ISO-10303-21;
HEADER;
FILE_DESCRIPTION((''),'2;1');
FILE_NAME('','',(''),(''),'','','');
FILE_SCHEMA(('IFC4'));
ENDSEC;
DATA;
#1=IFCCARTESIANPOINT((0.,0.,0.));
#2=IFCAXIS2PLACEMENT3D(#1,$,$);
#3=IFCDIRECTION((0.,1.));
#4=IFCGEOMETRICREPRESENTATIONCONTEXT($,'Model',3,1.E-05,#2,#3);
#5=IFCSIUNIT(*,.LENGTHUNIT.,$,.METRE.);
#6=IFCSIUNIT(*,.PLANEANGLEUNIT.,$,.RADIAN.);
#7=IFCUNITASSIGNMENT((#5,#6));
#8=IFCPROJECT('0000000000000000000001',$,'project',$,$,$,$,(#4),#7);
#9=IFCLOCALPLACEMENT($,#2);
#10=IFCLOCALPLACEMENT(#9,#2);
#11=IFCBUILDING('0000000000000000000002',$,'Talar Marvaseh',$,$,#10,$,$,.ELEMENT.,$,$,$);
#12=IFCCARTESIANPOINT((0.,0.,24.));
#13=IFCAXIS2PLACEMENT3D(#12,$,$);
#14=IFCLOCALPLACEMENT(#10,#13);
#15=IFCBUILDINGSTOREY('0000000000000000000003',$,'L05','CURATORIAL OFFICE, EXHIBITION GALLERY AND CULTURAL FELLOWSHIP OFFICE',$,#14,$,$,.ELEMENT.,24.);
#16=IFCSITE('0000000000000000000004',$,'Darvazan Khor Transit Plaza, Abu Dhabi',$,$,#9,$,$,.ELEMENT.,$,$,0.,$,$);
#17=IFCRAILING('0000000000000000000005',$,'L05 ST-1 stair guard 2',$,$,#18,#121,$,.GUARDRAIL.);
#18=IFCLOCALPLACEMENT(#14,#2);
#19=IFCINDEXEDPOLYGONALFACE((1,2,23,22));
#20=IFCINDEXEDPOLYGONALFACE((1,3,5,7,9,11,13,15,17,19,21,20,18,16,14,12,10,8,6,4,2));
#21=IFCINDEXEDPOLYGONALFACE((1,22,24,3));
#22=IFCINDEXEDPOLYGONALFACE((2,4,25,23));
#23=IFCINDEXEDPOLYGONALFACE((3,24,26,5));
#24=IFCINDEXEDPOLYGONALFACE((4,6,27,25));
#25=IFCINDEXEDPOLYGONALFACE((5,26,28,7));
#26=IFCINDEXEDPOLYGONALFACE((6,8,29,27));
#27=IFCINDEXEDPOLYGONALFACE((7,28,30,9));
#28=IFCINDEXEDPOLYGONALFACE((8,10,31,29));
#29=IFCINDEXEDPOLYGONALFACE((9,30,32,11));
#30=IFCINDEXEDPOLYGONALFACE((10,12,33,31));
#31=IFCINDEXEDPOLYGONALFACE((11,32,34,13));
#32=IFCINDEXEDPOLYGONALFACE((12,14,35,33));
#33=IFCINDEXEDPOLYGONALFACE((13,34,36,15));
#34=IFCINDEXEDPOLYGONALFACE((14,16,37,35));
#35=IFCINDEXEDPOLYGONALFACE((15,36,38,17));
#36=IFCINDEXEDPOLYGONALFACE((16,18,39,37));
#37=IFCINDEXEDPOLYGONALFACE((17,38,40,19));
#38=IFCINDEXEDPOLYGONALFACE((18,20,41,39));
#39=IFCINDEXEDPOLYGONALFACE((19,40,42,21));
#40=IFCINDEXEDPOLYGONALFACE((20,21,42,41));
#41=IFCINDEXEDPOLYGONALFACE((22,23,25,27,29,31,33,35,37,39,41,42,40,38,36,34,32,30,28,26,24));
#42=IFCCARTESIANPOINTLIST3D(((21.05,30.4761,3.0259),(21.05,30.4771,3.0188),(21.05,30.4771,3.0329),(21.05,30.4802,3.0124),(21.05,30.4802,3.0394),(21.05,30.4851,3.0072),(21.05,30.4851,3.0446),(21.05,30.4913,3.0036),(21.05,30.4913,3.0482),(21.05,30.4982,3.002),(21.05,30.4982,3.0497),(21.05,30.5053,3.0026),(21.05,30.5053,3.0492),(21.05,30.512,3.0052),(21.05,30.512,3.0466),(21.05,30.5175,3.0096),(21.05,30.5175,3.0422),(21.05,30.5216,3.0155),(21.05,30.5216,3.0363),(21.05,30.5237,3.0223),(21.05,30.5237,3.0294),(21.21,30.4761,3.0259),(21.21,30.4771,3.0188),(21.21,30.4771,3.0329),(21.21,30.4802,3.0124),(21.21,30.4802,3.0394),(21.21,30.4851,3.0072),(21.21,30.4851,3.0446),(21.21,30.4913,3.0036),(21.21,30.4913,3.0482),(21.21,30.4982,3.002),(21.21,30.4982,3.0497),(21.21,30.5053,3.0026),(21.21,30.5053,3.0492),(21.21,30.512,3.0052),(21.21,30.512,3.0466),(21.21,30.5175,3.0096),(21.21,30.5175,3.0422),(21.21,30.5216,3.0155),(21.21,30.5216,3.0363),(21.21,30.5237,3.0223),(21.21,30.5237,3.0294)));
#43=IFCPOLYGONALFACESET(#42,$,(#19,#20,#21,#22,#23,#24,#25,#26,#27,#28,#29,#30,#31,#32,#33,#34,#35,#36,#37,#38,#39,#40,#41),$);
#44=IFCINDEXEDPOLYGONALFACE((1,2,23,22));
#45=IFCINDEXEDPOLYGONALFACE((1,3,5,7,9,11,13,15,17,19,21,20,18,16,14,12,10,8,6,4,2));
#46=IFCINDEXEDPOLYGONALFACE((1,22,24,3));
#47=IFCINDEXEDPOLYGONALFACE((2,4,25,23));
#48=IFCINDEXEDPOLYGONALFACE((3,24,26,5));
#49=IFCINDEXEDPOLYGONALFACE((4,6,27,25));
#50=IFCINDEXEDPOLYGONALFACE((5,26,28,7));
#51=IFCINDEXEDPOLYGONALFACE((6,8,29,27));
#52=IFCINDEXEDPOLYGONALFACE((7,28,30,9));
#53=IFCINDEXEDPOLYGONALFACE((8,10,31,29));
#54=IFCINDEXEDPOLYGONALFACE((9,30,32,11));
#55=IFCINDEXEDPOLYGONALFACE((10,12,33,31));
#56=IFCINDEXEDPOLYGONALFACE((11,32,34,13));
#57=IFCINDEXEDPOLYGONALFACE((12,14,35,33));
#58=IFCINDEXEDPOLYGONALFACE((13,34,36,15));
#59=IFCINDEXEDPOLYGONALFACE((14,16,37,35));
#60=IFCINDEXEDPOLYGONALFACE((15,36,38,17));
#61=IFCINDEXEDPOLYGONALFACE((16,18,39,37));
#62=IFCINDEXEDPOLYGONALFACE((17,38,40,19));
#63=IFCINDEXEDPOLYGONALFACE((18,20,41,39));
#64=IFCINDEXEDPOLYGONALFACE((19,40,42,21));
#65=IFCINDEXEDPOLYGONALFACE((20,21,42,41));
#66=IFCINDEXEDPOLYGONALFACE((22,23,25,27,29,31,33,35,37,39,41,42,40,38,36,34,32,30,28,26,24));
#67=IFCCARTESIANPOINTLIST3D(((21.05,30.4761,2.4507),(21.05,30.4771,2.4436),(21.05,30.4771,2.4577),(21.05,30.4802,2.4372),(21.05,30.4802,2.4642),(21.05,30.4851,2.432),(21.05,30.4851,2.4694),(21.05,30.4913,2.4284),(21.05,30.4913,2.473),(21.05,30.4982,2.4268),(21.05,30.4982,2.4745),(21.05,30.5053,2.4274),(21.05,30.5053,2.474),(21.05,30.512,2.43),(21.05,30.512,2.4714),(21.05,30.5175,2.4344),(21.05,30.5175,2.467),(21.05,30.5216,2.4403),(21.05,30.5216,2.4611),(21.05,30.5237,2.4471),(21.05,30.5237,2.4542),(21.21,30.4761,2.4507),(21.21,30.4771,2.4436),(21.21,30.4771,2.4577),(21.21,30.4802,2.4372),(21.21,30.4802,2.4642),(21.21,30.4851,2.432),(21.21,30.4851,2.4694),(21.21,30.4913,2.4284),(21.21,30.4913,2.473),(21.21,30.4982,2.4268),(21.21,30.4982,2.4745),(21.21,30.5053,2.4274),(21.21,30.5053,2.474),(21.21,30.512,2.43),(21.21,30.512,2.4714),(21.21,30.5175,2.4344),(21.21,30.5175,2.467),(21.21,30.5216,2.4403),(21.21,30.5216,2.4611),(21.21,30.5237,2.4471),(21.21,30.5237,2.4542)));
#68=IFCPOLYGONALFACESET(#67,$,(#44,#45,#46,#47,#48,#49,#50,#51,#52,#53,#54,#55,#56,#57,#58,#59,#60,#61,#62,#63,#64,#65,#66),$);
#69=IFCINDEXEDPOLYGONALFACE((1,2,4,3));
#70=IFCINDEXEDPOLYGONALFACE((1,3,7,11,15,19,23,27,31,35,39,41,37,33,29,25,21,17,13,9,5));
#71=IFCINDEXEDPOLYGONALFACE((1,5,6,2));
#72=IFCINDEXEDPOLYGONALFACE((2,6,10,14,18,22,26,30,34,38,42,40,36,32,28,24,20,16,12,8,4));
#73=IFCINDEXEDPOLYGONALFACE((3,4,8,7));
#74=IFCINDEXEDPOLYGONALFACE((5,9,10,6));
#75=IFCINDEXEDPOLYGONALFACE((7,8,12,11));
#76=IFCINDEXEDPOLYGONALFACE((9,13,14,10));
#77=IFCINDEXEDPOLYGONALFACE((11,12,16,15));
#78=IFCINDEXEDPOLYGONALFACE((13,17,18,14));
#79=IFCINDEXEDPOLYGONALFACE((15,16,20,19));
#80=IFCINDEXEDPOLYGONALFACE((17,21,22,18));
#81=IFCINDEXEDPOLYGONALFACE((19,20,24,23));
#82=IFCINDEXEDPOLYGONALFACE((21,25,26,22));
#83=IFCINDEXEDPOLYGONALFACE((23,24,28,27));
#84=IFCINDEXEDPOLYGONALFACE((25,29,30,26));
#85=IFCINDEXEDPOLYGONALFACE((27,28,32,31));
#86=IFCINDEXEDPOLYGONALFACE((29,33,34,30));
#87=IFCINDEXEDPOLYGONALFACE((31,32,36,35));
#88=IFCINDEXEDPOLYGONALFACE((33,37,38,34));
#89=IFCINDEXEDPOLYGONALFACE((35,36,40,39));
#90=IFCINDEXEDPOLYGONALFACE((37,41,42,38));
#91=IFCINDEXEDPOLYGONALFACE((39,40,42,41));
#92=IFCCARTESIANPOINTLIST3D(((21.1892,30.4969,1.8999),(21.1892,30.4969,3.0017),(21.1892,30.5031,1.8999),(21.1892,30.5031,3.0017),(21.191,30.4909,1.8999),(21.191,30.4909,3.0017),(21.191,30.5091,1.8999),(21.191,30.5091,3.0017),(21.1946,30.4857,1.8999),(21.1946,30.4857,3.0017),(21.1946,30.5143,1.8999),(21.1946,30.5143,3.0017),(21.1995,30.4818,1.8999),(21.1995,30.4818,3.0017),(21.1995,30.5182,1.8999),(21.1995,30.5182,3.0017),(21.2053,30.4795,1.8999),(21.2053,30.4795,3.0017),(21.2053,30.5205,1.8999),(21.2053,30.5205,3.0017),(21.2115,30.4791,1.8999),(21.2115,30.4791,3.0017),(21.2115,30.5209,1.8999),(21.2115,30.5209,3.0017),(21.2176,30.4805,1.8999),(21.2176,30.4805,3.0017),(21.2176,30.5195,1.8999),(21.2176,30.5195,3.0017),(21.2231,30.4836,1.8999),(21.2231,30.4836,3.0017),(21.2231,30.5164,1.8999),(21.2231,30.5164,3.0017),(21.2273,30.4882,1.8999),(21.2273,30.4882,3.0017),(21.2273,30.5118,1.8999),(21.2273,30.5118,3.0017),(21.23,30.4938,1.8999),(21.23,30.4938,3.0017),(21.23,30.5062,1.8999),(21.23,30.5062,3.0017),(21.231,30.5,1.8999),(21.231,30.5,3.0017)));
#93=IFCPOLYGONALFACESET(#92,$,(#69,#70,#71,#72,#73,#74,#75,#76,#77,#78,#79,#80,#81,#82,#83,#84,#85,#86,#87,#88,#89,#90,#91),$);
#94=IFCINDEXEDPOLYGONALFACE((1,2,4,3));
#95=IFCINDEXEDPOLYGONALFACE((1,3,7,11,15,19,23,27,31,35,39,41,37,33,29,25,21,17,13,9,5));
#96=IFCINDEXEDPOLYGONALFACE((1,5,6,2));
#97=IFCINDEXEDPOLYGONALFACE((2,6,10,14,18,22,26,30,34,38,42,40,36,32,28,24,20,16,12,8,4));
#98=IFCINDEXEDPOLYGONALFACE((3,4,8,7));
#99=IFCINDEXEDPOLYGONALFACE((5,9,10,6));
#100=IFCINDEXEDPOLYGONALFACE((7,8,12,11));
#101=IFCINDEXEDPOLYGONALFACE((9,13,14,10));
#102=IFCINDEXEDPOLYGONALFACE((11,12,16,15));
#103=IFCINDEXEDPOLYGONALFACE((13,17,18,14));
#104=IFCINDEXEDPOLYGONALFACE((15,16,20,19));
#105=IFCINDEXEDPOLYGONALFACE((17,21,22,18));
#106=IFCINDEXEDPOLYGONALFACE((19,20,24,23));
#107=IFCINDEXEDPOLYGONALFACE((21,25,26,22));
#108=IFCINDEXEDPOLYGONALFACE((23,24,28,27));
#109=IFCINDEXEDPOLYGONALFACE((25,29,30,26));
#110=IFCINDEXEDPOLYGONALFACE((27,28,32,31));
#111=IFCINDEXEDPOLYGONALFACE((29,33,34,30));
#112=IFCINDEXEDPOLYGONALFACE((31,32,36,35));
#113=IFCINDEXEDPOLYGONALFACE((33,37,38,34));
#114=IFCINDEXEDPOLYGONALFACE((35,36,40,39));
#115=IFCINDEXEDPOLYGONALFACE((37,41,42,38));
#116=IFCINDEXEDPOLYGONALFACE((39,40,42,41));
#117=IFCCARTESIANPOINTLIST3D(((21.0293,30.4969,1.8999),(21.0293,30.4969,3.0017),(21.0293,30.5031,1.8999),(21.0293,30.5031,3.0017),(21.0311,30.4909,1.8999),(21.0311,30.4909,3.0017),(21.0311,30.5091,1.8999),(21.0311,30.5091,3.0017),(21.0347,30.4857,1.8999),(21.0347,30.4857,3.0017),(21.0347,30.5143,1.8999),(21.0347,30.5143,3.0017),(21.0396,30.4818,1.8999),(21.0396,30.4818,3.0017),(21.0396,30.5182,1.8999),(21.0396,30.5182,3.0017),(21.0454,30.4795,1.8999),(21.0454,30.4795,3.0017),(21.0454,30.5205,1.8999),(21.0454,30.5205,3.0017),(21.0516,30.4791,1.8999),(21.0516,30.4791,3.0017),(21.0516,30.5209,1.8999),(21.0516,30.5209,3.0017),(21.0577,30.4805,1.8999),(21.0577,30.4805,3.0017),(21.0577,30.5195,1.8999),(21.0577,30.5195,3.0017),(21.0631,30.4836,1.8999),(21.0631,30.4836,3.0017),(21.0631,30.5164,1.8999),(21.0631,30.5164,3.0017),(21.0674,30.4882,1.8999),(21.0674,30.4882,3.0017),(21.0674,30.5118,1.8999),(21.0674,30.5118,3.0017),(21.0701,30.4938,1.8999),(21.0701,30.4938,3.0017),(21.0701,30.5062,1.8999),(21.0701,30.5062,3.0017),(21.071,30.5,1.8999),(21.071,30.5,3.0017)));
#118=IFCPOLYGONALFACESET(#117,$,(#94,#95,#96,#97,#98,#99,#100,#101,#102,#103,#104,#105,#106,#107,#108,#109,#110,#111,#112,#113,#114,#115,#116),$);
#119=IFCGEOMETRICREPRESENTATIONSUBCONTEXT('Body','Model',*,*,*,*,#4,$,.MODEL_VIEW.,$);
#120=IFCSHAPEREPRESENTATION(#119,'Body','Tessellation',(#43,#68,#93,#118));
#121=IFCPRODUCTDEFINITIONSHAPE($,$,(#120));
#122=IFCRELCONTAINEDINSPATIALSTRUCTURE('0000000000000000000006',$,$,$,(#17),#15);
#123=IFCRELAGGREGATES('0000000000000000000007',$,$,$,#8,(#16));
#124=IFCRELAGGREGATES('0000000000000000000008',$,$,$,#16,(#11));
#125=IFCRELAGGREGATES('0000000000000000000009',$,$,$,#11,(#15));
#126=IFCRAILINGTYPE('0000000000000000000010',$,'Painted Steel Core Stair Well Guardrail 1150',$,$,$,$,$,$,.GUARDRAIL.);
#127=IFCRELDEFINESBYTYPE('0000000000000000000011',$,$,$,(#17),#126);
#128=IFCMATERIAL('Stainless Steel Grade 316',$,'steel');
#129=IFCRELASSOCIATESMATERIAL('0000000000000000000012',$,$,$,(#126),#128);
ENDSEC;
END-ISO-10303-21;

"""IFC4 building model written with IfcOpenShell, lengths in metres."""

from ifc_helpers import new_model, si_unit, direction, frame, origin, origin_2d, place, context, subcontext, project, spatial, circle, extrude, material, type_object, element, save


model = new_model("IFC4")

# Units and contexts
model_context = context("Model", 3, precision=1e-05, world=origin(), true_north=direction((0.0, 1.0)))
body_context = subcontext(model_context, "Body", "Model", "MODEL_VIEW")
ifc_project = project(units=[si_unit("LENGTHUNIT", "METRE"), si_unit("PLANEANGLEUNIT", "RADIAN")], contexts=[model_context])

# Site, building, storey
site_placement = place(None, origin())
site = spatial("IfcSite", under=ifc_project, at=site_placement, Name="Darvazan Khor Transit Plaza, Abu Dhabi", CompositionType="ELEMENT", RefElevation=0.0)
building_placement = place(site_placement, origin())
building = spatial("IfcBuilding", under=site, at=building_placement, Name="Talar Marvaseh", CompositionType="ELEMENT")
storey_placement = place(building_placement, frame((0.0, 0.0, 24.0)))
storey = spatial("IfcBuildingStorey", under=building, at=storey_placement, Name="L05", Description="CURATORIAL OFFICE, EXHIBITION GALLERY AND CULTURAL FELLOWSHIP OFFICE", CompositionType="ELEMENT", Elevation=24.0)

# Shared definitions
ifc_material_1 = material(Name="Stainless Steel Grade 316", Category="steel")

# Railing
railing_type_1 = type_object("IfcRailingType", Name="Painted Steel Core Stair Well Guardrail 1150", PredefinedType="GUARDRAIL", material=ifc_material_1)
railing_1_placement = place(storey_placement, frame((21.21, 30.5, 1.8999)))
element("IfcRailing", 1, at=railing_1_placement, inside=storey, type_object=railing_type_1, Name="L05 ST-1 stair guard 2", PredefinedType="GUARDRAIL", context=body_context, shape_type="SweptSolid", body=[
    extrude(circle(Radius=0.0239, at=origin_2d()), frame((0.0, 0.0, 1.126), z_axis=(-1.0, 0.0, 0.0), x_axis=(0.0, -1.0, 0.0)), (0.0, 0.0, 1.0), 0.1599),
    extrude(circle(Radius=0.0239, at=origin_2d()), frame((0.0, 0.0, 0.5508), z_axis=(-1.0, 0.0, 0.0), x_axis=(0.0, -1.0, 0.0)), (0.0, 0.0, 1.0), 0.1599),
    extrude(circle(Radius=0.021, at=origin_2d()), origin(), (0.0, 0.0, 1.0), 1.1018),
    extrude(circle(Radius=0.021, at=origin_2d()), frame((-0.1599, 0.0, 0.0)), (0.0, 0.0, 1.0), 1.1018),
])

save(model, "model.ifc")
